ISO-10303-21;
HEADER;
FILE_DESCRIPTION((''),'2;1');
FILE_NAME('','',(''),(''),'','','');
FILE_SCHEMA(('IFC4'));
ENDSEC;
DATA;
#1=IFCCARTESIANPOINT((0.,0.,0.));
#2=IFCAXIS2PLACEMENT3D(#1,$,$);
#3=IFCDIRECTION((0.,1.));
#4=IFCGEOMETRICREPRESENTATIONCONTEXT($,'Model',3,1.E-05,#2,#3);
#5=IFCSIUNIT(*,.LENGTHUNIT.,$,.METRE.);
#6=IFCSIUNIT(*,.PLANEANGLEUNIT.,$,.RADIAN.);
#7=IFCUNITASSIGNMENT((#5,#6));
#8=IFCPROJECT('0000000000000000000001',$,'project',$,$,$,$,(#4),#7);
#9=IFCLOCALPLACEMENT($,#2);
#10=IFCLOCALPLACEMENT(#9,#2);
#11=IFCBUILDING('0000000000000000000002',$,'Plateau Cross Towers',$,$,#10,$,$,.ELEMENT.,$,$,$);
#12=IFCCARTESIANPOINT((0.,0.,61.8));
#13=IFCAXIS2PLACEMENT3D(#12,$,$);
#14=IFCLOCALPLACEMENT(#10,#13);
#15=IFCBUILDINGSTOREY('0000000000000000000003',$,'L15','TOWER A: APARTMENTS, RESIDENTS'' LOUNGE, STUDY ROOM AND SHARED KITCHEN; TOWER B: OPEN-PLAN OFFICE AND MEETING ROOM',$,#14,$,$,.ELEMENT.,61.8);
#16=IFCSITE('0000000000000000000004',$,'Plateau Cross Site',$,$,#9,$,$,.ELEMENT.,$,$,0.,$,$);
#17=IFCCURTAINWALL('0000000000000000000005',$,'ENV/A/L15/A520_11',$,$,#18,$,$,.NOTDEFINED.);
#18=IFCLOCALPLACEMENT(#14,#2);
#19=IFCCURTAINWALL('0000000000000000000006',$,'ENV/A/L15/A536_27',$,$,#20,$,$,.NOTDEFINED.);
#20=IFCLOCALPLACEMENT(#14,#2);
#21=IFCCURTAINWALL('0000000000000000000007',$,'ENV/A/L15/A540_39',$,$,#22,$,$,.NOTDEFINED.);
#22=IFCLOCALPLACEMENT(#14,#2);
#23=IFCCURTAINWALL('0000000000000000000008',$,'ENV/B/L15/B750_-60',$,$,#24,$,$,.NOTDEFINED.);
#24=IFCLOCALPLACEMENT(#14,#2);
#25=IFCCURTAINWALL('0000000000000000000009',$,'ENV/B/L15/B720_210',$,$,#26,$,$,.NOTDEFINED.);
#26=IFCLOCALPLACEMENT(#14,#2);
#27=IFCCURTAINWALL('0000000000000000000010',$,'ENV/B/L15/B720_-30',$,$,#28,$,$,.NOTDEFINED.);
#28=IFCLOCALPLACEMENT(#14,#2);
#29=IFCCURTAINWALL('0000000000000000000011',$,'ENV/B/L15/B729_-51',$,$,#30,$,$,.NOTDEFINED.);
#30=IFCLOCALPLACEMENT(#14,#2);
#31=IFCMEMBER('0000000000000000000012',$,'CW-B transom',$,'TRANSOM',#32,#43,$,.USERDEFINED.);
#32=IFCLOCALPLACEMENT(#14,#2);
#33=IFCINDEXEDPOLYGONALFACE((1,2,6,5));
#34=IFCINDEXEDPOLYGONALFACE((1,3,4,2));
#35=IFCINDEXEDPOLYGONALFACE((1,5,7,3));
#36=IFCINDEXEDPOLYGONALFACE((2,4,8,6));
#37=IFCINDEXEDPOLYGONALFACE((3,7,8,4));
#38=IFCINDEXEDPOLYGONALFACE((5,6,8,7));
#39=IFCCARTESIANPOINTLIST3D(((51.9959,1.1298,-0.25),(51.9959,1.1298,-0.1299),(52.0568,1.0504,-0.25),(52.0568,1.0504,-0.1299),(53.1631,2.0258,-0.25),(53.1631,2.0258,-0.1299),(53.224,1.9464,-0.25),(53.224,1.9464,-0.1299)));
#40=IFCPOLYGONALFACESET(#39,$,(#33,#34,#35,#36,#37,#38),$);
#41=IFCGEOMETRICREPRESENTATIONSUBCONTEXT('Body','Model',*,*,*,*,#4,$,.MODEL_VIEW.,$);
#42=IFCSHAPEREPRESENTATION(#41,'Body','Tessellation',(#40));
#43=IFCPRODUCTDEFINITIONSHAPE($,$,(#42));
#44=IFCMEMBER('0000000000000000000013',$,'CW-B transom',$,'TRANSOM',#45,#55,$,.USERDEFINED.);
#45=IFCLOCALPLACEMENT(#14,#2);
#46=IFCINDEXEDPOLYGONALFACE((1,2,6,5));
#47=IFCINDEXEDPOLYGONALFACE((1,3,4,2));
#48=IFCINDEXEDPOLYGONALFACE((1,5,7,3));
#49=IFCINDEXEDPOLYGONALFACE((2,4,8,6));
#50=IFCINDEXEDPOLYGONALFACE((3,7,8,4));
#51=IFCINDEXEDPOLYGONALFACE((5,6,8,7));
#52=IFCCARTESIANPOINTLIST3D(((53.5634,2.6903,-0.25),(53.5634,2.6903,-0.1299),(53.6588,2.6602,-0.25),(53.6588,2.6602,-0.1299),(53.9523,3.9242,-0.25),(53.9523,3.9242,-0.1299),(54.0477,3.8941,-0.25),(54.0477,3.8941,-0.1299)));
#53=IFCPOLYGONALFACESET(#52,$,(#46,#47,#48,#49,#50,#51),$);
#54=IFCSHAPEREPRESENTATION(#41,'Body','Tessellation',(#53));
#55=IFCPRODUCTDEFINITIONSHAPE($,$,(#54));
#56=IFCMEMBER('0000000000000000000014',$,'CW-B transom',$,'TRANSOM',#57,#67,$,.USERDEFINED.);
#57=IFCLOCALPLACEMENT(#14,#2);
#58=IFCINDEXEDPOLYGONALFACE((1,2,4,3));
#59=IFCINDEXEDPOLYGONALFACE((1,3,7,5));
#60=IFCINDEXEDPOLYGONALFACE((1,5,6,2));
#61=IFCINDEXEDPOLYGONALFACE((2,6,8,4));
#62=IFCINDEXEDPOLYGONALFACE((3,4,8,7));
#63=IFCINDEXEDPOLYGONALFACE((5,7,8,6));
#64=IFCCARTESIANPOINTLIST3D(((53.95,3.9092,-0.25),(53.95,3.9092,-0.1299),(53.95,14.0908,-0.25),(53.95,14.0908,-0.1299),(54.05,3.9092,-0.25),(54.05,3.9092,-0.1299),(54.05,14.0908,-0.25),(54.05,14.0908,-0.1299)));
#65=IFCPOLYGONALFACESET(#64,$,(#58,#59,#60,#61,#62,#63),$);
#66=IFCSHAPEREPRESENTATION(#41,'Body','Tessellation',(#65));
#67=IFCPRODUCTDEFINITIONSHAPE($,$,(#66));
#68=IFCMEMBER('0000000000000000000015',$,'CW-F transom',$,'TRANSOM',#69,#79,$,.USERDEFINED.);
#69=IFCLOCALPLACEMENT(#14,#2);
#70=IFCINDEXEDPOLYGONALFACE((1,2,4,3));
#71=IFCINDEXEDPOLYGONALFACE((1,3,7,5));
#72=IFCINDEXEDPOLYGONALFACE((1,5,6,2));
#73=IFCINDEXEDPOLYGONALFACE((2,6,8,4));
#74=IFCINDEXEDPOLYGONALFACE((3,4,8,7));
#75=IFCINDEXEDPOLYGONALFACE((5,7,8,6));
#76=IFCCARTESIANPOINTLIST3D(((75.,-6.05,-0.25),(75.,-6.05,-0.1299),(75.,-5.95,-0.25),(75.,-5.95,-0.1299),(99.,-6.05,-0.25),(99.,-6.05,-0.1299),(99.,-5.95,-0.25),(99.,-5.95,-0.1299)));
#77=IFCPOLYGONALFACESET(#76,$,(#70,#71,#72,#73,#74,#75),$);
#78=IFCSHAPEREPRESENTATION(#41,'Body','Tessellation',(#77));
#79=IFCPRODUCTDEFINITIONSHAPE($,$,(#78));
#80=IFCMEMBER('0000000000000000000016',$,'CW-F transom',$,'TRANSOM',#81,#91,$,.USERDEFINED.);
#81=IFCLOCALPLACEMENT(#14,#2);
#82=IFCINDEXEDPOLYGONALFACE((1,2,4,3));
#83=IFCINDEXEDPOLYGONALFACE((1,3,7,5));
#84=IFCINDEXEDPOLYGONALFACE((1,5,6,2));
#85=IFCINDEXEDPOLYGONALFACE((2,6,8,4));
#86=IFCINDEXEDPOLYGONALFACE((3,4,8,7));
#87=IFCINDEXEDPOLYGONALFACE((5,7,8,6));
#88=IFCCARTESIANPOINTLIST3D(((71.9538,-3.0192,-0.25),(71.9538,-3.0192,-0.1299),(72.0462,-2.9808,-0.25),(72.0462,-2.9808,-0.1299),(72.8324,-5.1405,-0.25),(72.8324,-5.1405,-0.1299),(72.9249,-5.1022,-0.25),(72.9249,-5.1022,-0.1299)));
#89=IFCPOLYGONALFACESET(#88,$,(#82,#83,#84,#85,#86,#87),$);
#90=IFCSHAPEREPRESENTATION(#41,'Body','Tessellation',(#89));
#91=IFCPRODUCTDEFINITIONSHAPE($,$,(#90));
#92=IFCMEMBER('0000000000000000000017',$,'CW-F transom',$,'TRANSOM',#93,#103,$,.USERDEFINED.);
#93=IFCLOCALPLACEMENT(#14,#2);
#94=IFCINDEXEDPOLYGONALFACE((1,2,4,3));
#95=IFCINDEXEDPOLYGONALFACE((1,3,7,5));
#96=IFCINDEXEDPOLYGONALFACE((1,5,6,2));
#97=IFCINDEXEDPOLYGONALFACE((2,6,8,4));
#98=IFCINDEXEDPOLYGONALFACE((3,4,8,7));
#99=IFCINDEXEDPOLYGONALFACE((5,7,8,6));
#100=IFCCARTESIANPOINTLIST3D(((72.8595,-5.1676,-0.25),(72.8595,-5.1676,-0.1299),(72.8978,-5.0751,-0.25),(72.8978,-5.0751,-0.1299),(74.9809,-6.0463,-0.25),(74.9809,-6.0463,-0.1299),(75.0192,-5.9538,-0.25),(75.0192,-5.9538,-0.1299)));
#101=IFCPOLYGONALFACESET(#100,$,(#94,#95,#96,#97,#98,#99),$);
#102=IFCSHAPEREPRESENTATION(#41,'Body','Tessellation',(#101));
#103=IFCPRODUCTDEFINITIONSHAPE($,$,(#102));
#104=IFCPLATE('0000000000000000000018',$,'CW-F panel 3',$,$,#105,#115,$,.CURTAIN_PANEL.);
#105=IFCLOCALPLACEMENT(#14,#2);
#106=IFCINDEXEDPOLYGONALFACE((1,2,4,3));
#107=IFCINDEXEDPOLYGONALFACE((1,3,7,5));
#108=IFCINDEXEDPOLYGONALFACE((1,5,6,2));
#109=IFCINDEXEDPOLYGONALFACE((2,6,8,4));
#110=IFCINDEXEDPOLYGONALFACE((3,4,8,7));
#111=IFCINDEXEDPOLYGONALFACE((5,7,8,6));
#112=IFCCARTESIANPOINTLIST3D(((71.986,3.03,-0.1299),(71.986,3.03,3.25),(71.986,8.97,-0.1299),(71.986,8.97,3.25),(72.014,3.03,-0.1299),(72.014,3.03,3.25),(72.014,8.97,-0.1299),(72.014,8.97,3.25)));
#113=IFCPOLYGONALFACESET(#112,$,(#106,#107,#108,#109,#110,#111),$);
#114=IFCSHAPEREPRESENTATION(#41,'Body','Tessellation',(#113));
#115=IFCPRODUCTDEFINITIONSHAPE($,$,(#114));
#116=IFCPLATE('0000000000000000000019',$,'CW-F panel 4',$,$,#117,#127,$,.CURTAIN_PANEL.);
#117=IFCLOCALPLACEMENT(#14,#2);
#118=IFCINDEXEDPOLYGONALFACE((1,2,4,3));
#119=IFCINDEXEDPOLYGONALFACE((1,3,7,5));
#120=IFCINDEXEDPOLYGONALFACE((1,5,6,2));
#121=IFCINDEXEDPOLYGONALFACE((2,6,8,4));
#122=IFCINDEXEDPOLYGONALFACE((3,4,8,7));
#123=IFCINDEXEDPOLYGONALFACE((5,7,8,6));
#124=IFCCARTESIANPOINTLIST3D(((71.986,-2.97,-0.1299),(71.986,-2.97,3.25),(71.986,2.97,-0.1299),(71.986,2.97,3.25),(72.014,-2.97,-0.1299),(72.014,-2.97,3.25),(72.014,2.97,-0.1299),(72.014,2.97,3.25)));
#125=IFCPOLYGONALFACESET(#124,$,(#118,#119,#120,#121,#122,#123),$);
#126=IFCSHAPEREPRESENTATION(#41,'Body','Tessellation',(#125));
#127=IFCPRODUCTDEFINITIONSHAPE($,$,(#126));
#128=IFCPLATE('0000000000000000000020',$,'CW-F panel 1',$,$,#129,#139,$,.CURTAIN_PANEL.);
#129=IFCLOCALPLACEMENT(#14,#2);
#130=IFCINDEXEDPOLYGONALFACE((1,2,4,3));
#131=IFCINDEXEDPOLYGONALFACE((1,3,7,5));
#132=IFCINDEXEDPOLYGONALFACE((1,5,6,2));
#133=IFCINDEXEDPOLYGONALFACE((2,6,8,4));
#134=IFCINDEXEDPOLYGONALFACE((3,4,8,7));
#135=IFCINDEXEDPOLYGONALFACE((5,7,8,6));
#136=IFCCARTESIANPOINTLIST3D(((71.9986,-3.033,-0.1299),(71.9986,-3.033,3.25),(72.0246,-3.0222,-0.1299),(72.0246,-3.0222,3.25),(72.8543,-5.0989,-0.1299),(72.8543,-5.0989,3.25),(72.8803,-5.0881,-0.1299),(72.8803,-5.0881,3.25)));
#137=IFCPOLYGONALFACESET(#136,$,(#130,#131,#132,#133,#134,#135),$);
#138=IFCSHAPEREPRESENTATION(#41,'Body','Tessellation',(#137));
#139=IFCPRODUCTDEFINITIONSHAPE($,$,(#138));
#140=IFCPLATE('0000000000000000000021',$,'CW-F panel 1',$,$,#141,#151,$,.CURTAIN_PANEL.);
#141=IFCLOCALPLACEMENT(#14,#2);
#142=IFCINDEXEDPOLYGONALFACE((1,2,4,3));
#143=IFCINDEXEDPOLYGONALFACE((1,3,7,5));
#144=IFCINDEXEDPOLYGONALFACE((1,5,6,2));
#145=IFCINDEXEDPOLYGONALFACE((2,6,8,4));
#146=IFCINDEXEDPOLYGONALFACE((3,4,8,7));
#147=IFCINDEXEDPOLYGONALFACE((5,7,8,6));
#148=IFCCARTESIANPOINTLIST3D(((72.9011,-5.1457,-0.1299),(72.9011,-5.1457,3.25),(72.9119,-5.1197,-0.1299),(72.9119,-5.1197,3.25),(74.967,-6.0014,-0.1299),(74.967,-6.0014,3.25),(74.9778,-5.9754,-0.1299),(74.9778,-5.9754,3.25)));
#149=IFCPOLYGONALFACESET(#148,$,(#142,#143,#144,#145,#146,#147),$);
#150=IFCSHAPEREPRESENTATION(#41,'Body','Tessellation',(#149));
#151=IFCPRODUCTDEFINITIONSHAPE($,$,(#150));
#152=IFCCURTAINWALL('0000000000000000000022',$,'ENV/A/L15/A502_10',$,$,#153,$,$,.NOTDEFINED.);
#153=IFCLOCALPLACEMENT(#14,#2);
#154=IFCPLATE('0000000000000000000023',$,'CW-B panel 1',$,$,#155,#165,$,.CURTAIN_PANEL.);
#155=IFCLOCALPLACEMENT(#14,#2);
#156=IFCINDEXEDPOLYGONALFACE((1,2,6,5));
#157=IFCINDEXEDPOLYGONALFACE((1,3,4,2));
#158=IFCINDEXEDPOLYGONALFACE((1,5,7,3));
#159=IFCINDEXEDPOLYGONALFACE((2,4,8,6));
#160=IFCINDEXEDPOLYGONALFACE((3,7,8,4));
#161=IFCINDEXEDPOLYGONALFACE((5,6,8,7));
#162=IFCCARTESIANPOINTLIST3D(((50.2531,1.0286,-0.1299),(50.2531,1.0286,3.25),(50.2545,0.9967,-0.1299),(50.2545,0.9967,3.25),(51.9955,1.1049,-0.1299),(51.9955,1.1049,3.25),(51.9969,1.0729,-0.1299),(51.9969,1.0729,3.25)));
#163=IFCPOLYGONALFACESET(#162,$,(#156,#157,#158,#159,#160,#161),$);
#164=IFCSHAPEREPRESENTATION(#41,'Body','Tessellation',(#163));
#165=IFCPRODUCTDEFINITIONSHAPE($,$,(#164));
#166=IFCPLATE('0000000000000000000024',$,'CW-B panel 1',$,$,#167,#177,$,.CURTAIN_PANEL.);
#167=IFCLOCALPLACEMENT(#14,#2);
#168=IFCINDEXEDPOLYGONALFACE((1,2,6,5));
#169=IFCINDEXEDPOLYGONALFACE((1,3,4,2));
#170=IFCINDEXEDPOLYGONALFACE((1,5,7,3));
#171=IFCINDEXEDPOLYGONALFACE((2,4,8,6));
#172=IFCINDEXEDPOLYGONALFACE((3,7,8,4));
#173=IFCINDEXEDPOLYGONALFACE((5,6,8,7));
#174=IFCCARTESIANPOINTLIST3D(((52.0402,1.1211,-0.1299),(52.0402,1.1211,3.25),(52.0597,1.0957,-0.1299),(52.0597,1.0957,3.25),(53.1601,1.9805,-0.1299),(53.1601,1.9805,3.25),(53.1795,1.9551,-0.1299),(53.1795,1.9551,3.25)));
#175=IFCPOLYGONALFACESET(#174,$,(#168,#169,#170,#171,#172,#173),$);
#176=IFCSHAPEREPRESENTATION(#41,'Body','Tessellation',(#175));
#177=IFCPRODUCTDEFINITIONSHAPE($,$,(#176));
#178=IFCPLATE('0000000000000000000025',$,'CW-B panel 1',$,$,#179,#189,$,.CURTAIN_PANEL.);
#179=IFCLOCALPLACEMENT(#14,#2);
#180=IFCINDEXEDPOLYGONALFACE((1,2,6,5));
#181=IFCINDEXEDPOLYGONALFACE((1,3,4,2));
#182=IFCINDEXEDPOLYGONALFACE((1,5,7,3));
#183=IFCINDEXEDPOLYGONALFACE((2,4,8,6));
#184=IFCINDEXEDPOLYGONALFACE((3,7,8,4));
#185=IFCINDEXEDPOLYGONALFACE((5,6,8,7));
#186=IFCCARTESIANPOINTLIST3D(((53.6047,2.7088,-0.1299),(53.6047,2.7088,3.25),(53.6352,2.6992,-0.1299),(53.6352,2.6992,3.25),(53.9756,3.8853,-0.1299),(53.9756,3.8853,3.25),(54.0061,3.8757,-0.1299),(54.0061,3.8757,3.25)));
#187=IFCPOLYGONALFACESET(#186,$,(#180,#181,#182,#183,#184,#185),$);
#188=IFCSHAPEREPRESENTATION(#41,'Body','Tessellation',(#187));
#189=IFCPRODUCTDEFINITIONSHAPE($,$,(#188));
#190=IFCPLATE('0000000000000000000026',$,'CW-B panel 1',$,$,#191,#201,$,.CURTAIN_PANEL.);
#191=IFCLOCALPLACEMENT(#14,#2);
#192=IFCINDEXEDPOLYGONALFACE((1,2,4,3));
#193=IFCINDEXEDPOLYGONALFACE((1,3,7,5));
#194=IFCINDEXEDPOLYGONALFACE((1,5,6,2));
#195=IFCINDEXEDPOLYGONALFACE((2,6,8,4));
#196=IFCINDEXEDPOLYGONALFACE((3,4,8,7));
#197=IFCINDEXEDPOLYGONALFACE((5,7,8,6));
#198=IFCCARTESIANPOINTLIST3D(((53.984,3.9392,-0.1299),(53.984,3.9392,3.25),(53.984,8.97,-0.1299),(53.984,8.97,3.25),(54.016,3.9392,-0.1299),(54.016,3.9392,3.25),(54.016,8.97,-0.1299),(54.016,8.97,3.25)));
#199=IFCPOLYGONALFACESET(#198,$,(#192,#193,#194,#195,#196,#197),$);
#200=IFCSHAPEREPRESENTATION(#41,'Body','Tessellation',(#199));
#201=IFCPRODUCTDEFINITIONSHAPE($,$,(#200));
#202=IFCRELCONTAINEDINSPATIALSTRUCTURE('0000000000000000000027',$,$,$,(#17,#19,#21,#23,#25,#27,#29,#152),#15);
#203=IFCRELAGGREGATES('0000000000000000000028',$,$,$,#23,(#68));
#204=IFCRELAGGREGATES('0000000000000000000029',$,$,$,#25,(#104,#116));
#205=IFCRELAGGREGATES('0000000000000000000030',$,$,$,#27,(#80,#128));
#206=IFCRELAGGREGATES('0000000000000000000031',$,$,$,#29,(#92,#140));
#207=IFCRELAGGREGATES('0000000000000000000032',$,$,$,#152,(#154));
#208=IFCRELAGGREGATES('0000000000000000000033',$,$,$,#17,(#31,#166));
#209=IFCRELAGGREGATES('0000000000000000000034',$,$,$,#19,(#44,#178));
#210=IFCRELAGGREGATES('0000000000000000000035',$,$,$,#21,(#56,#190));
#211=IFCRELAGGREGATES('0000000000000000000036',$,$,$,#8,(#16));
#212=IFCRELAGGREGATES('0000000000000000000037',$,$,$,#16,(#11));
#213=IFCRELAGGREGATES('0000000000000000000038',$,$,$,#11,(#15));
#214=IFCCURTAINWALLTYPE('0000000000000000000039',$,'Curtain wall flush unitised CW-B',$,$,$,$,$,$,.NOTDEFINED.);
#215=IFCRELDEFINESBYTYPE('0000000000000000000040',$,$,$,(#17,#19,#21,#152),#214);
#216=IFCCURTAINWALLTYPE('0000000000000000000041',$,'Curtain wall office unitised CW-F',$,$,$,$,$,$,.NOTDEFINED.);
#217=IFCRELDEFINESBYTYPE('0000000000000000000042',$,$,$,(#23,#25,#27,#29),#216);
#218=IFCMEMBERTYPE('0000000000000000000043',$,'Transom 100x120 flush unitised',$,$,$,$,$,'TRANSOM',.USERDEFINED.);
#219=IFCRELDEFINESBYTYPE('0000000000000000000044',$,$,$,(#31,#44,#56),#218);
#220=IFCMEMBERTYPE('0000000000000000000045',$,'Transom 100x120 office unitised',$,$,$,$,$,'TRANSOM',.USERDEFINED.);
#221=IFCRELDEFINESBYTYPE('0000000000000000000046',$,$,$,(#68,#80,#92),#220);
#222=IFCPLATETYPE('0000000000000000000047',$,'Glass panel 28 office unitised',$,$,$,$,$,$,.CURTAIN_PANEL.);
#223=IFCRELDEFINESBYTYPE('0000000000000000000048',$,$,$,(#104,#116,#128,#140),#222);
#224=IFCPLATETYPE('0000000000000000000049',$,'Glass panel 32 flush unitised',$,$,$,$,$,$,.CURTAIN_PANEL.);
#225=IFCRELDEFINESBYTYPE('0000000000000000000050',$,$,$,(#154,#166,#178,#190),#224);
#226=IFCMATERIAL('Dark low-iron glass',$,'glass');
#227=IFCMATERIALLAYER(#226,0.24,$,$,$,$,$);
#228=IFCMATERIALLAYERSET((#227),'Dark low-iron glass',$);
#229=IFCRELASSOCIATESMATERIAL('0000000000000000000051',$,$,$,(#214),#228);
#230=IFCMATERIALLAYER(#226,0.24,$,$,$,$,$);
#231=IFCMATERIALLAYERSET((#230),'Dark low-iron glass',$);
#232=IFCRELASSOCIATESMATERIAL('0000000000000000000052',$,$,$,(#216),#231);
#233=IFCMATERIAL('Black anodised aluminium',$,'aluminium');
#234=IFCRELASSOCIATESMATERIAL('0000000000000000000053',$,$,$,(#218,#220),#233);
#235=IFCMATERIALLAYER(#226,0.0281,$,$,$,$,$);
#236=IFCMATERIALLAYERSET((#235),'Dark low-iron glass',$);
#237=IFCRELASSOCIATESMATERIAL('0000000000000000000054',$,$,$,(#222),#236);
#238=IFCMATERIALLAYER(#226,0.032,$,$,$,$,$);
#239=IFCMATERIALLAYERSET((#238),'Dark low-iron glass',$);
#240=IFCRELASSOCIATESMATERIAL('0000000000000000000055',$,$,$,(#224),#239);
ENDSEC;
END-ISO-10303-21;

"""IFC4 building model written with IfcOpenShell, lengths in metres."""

from ifc_helpers import new_model, si_unit, direction, frame, origin, origin_2d, place, context, subcontext, project, spatial, rectangle, extrude, material, layer, layer_set, material_profile, profile_set, type_object, element, aggregate, save


model = new_model("IFC4")

# Units and contexts
model_context = context("Model", 3, precision=1e-05, world=origin(), true_north=direction((0.0, 1.0)))
body_context = subcontext(model_context, "Body", "Model", "MODEL_VIEW")
ifc_project = project(units=[si_unit("LENGTHUNIT", "METRE"), si_unit("PLANEANGLEUNIT", "RADIAN")], contexts=[model_context])

# Site, building, storey
site_placement = place(None, origin())
site = spatial("IfcSite", under=ifc_project, at=site_placement, Name="Plateau Cross Site", CompositionType="ELEMENT", RefElevation=0.0)
building_placement = place(site_placement, origin())
building = spatial("IfcBuilding", under=site, at=building_placement, Name="Plateau Cross Towers", CompositionType="ELEMENT")
storey_placement = place(building_placement, frame((0.0, 0.0, 61.8)))
storey = spatial("IfcBuildingStorey", under=building, at=storey_placement, Name="L15", Description="TOWER A: APARTMENTS, RESIDENTS' LOUNGE, STUDY ROOM AND SHARED KITCHEN; TOWER B: OPEN-PLAN OFFICE AND MEETING ROOM", CompositionType="ELEMENT", Elevation=61.8)

# Curtain wall
ifc_material_1 = material(Name="Dark low-iron glass", Category="glass")
ifc_layer_1 = layer(ifc_material_1, 0.24)
ifc_layer_set_1 = layer_set([ifc_layer_1], Name="Dark low-iron glass")
curtain_wall_type_1 = type_object("IfcCurtainWallType", Name="Curtain wall flush unitised CW-B", PredefinedType="NOTDEFINED", material=ifc_layer_set_1)
curtain_wall_1_placement = place(storey_placement, origin())
curtain_wall_1 = element("IfcCurtainWall", 1, at=curtain_wall_1_placement, inside=storey, type_object=curtain_wall_type_1, Name="ENV/A/L15/A520_11", PredefinedType="NOTDEFINED")
ifc_material_2 = material(Name="Black anodised aluminium", Category="aluminium")

# Curtain wall
curtain_wall_2_placement = place(storey_placement, origin())
curtain_wall_2 = element("IfcCurtainWall", 2, at=curtain_wall_2_placement, inside=storey, type_object=curtain_wall_type_1, Name="ENV/A/L15/A536_27", PredefinedType="NOTDEFINED")

# Curtain wall
curtain_wall_3_placement = place(storey_placement, origin())
curtain_wall_3 = element("IfcCurtainWall", 3, at=curtain_wall_3_placement, inside=storey, type_object=curtain_wall_type_1, Name="ENV/A/L15/A540_39", PredefinedType="NOTDEFINED")

# Curtain wall
ifc_layer_2 = layer(ifc_material_1, 0.24)
ifc_layer_set_2 = layer_set([ifc_layer_2], Name="Dark low-iron glass")
curtain_wall_type_2 = type_object("IfcCurtainWallType", Name="Curtain wall office unitised CW-F", PredefinedType="NOTDEFINED", material=ifc_layer_set_2)
curtain_wall_4_placement = place(storey_placement, origin())
curtain_wall_4 = element("IfcCurtainWall", 4, at=curtain_wall_4_placement, inside=storey, type_object=curtain_wall_type_2, Name="ENV/B/L15/B750_-60", PredefinedType="NOTDEFINED")

# Curtain wall
curtain_wall_5_placement = place(storey_placement, origin())
curtain_wall_5 = element("IfcCurtainWall", 5, at=curtain_wall_5_placement, inside=storey, type_object=curtain_wall_type_2, Name="ENV/B/L15/B720_210", PredefinedType="NOTDEFINED")

# Curtain walls
curtain_wall_6_placement = place(storey_placement, origin())
curtain_wall_6 = element("IfcCurtainWall", 6, at=curtain_wall_6_placement, inside=storey, type_object=curtain_wall_type_2, Name="ENV/B/L15/B720_-30", PredefinedType="NOTDEFINED")
curtain_wall_7_placement = place(storey_placement, origin())
curtain_wall_7 = element("IfcCurtainWall", 7, at=curtain_wall_7_placement, inside=storey, type_object=curtain_wall_type_2, Name="ENV/B/L15/B729_-51", PredefinedType="NOTDEFINED")

# Members
ifc_material_profile_1 = material_profile(ifc_material_2, rectangle(XDim=0.1001, YDim=0.1201, at=origin_2d()), Name="TRANSOM 100x120")
ifc_profile_set_1 = profile_set([ifc_material_profile_1], Name="Black anodised aluminium")
member_type_1 = type_object("IfcMemberType", Name="Transom 100x120 flush unitised", ElementType="TRANSOM", PredefinedType="USERDEFINED", material=ifc_profile_set_1)
member_1_placement = place(storey_placement, frame((52.0264, 1.0901, -0.1899), z_axis=(0.79324, 0.608909, 0.0), x_axis=(-0.608909, 0.79324, 0.0)))
member_1 = element("IfcMember", 8, at=member_1_placement, type_object=member_type_1, Name="CW-B transom", ObjectType="TRANSOM", PredefinedType="USERDEFINED", context=body_context, shape_type="SweptSolid", body=[
    extrude(rectangle(XDim=0.1001, YDim=0.1201, at=origin_2d()), origin(), (0.0, 0.0, 1.0), 1.4714),
])
member_2_placement = place(storey_placement, frame((53.6111, 2.6753, -0.1899), z_axis=(0.300617, 0.953745, 0.0), x_axis=(-0.953745, 0.300617, 0.0)))
member_2 = element("IfcMember", 9, at=member_2_placement, type_object=member_type_1, Name="CW-B transom", ObjectType="TRANSOM", PredefinedType="USERDEFINED", context=body_context, shape_type="SweptSolid", body=[
    extrude(rectangle(XDim=0.1001, YDim=0.1201, at=origin_2d()), origin(), (0.0, 0.0, 1.0), 1.2937),
])
member_3_placement = place(storey_placement, frame((54.0, 3.9092, -0.1899), z_axis=(0.0, 1.0, 0.0), x_axis=(-1.0, 0.0, 0.0)))
member_3 = element("IfcMember", 10, at=member_3_placement, type_object=member_type_1, Name="CW-B transom", ObjectType="TRANSOM", PredefinedType="USERDEFINED", context=body_context, shape_type="SweptSolid", body=[
    extrude(rectangle(XDim=0.1001, YDim=0.1201, at=origin_2d()), origin(), (0.0, 0.0, 1.0), 10.1816),
])
ifc_material_profile_2 = material_profile(ifc_material_2, rectangle(XDim=0.1001, YDim=0.1201, at=origin_2d()), Name="TRANSOM 100x120")
ifc_profile_set_2 = profile_set([ifc_material_profile_2], Name="Black anodised aluminium")
member_type_2 = type_object("IfcMemberType", Name="Transom 100x120 office unitised", ElementType="TRANSOM", PredefinedType="USERDEFINED", material=ifc_profile_set_2)
member_4_placement = place(storey_placement, frame((75.0, -6.0, -0.1899), z_axis=(1.0, 0.0, 0.0), x_axis=(0.0, 1.0, 0.0)))
member_4 = element("IfcMember", 11, at=member_4_placement, type_object=member_type_2, Name="CW-F transom", ObjectType="TRANSOM", PredefinedType="USERDEFINED", context=body_context, shape_type="SweptSolid", body=[
    extrude(rectangle(XDim=0.1001, YDim=0.1201, at=origin_2d()), origin(), (0.0, 0.0, 1.0), 24.0),
])
aggregate(curtain_wall_4, [member_4])
member_5_placement = place(storey_placement, frame((72.0, -3.0, -0.1899), z_axis=(0.382674, -0.923883, 0.0), x_axis=(0.923883, 0.382674, 0.0)))
member_5 = element("IfcMember", 12, at=member_5_placement, type_object=member_type_2, Name="CW-F transom", ObjectType="TRANSOM", PredefinedType="USERDEFINED", context=body_context, shape_type="SweptSolid", body=[
    extrude(rectangle(XDim=0.1001, YDim=0.1201, at=origin_2d()), origin(), (0.0, 0.0, 1.0), 2.2961),
])
member_6_placement = place(storey_placement, frame((72.8787, -5.1213, -0.1899), z_axis=(0.923883, -0.382674, 0.0), x_axis=(0.382674, 0.923883, 0.0)))
member_6 = element("IfcMember", 13, at=member_6_placement, type_object=member_type_2, Name="CW-F transom", ObjectType="TRANSOM", PredefinedType="USERDEFINED", context=body_context, shape_type="SweptSolid", body=[
    extrude(rectangle(XDim=0.1001, YDim=0.1201, at=origin_2d()), origin(), (0.0, 0.0, 1.0), 2.2961),
])

# Plates
ifc_layer_3 = layer(ifc_material_1, 0.0281)
ifc_layer_set_3 = layer_set([ifc_layer_3], Name="Dark low-iron glass")
plate_type_1 = type_object("IfcPlateType", Name="Glass panel 28 office unitised", PredefinedType="CURTAIN_PANEL", material=ifc_layer_set_3)
plate_1_placement = place(storey_placement, frame((72.0, 6.0, -0.1299), z_axis=(0.0, 0.0, 1.0), x_axis=(0.0, -1.0, 0.0)))
plate_1 = element("IfcPlate", 14, at=plate_1_placement, type_object=plate_type_1, Name="CW-F panel 3", PredefinedType="CURTAIN_PANEL", context=body_context, shape_type="SweptSolid", body=[
    extrude(rectangle(XDim=5.9399, YDim=0.0281, at=origin_2d()), origin(), (0.0, 0.0, 1.0), 3.3799),
])
plate_2_placement = place(storey_placement, frame((72.0, 0.0, -0.1299), z_axis=(0.0, 0.0, 1.0), x_axis=(0.0, -1.0, 0.0)))
plate_2 = element("IfcPlate", 15, at=plate_2_placement, type_object=plate_type_1, Name="CW-F panel 4", PredefinedType="CURTAIN_PANEL", context=body_context, shape_type="SweptSolid", body=[
    extrude(rectangle(XDim=5.9399, YDim=0.0281, at=origin_2d()), origin(), (0.0, 0.0, 1.0), 3.3799),
])
aggregate(curtain_wall_5, [plate_1, plate_2])
plate_3_placement = place(storey_placement, frame((72.4395, -4.0605, -0.1299), z_axis=(0.0, 0.0, 1.0), x_axis=(0.382684, -0.923879, 0.0)))
plate_3 = element("IfcPlate", 16, at=plate_3_placement, type_object=plate_type_1, Name="CW-F panel 1", PredefinedType="CURTAIN_PANEL", context=body_context, shape_type="SweptSolid", body=[
    extrude(rectangle(XDim=2.2361, YDim=0.0281, at=origin_2d()), origin(), (0.0, 0.0, 1.0), 3.3799),
])
aggregate(curtain_wall_6, [member_5, plate_3])
plate_4_placement = place(storey_placement, frame((73.9395, -5.5605, -0.1299), z_axis=(0.0, 0.0, 1.0), x_axis=(0.923879, -0.382684, 0.0)))
plate_4 = element("IfcPlate", 17, at=plate_4_placement, type_object=plate_type_1, Name="CW-F panel 1", PredefinedType="CURTAIN_PANEL", context=body_context, shape_type="SweptSolid", body=[
    extrude(rectangle(XDim=2.2361, YDim=0.0281, at=origin_2d()), origin(), (0.0, 0.0, 1.0), 3.3799),
])
aggregate(curtain_wall_7, [member_6, plate_4])

# Curtain wall, plate
curtain_wall_8_placement = place(storey_placement, origin())
curtain_wall_8 = element("IfcCurtainWall", 18, at=curtain_wall_8_placement, inside=storey, type_object=curtain_wall_type_1, Name="ENV/A/L15/A502_10", PredefinedType="NOTDEFINED")
ifc_layer_4 = layer(ifc_material_1, 0.032)
ifc_layer_set_4 = layer_set([ifc_layer_4], Name="Dark low-iron glass")
plate_type_2 = type_object("IfcPlateType", Name="Glass panel 32 flush unitised", PredefinedType="CURTAIN_PANEL", material=ifc_layer_set_4)
plate_5_placement = place(storey_placement, frame((51.125, 1.0508, -0.1299), z_axis=(0.0, 0.0, 1.0), x_axis=(0.999044, 0.043723, 0.0)))
plate_5 = element("IfcPlate", 19, at=plate_5_placement, type_object=plate_type_2, Name="CW-B panel 1", PredefinedType="CURTAIN_PANEL", context=body_context, shape_type="SweptSolid", body=[
    extrude(rectangle(XDim=1.7441, YDim=0.032, at=origin_2d()), origin(), (0.0, 0.0, 1.0), 3.3799),
])
aggregate(curtain_wall_8, [plate_5])

# Plates
plate_6_placement = place(storey_placement, frame((52.6099, 1.5381, -0.1299), z_axis=(0.0, 0.0, 1.0), x_axis=(0.793316, 0.608811, 0.0)))
plate_6 = element("IfcPlate", 20, at=plate_6_placement, type_object=plate_type_2, Name="CW-B panel 1", PredefinedType="CURTAIN_PANEL", context=body_context, shape_type="SweptSolid", body=[
    extrude(rectangle(XDim=1.4116, YDim=0.032, at=origin_2d()), origin(), (0.0, 0.0, 1.0), 3.3799),
])
aggregate(curtain_wall_1, [member_1, plate_6])
plate_7_placement = place(storey_placement, frame((53.8054, 3.2922, -0.1299), z_axis=(0.0, 0.0, 1.0), x_axis=(0.300686, 0.953723, 0.0)))
plate_7 = element("IfcPlate", 21, at=plate_7_placement, type_object=plate_type_2, Name="CW-B panel 1", PredefinedType="CURTAIN_PANEL", context=body_context, shape_type="SweptSolid", body=[
    extrude(rectangle(XDim=1.2336, YDim=0.032, at=origin_2d()), origin(), (0.0, 0.0, 1.0), 3.3799),
])
aggregate(curtain_wall_2, [member_2, plate_7])
plate_8_placement = place(storey_placement, frame((54.0, 6.4546, -0.1299), z_axis=(0.0, 0.0, 1.0), x_axis=(0.0, 1.0, 0.0)))
plate_8 = element("IfcPlate", 22, at=plate_8_placement, type_object=plate_type_2, Name="CW-B panel 1", PredefinedType="CURTAIN_PANEL", context=body_context, shape_type="SweptSolid", body=[
    extrude(rectangle(XDim=5.0308, YDim=0.032, at=origin_2d()), origin(), (0.0, 0.0, 1.0), 3.3799),
])
aggregate(curtain_wall_3, [member_3, plate_8])

save(model, "model.ifc")
